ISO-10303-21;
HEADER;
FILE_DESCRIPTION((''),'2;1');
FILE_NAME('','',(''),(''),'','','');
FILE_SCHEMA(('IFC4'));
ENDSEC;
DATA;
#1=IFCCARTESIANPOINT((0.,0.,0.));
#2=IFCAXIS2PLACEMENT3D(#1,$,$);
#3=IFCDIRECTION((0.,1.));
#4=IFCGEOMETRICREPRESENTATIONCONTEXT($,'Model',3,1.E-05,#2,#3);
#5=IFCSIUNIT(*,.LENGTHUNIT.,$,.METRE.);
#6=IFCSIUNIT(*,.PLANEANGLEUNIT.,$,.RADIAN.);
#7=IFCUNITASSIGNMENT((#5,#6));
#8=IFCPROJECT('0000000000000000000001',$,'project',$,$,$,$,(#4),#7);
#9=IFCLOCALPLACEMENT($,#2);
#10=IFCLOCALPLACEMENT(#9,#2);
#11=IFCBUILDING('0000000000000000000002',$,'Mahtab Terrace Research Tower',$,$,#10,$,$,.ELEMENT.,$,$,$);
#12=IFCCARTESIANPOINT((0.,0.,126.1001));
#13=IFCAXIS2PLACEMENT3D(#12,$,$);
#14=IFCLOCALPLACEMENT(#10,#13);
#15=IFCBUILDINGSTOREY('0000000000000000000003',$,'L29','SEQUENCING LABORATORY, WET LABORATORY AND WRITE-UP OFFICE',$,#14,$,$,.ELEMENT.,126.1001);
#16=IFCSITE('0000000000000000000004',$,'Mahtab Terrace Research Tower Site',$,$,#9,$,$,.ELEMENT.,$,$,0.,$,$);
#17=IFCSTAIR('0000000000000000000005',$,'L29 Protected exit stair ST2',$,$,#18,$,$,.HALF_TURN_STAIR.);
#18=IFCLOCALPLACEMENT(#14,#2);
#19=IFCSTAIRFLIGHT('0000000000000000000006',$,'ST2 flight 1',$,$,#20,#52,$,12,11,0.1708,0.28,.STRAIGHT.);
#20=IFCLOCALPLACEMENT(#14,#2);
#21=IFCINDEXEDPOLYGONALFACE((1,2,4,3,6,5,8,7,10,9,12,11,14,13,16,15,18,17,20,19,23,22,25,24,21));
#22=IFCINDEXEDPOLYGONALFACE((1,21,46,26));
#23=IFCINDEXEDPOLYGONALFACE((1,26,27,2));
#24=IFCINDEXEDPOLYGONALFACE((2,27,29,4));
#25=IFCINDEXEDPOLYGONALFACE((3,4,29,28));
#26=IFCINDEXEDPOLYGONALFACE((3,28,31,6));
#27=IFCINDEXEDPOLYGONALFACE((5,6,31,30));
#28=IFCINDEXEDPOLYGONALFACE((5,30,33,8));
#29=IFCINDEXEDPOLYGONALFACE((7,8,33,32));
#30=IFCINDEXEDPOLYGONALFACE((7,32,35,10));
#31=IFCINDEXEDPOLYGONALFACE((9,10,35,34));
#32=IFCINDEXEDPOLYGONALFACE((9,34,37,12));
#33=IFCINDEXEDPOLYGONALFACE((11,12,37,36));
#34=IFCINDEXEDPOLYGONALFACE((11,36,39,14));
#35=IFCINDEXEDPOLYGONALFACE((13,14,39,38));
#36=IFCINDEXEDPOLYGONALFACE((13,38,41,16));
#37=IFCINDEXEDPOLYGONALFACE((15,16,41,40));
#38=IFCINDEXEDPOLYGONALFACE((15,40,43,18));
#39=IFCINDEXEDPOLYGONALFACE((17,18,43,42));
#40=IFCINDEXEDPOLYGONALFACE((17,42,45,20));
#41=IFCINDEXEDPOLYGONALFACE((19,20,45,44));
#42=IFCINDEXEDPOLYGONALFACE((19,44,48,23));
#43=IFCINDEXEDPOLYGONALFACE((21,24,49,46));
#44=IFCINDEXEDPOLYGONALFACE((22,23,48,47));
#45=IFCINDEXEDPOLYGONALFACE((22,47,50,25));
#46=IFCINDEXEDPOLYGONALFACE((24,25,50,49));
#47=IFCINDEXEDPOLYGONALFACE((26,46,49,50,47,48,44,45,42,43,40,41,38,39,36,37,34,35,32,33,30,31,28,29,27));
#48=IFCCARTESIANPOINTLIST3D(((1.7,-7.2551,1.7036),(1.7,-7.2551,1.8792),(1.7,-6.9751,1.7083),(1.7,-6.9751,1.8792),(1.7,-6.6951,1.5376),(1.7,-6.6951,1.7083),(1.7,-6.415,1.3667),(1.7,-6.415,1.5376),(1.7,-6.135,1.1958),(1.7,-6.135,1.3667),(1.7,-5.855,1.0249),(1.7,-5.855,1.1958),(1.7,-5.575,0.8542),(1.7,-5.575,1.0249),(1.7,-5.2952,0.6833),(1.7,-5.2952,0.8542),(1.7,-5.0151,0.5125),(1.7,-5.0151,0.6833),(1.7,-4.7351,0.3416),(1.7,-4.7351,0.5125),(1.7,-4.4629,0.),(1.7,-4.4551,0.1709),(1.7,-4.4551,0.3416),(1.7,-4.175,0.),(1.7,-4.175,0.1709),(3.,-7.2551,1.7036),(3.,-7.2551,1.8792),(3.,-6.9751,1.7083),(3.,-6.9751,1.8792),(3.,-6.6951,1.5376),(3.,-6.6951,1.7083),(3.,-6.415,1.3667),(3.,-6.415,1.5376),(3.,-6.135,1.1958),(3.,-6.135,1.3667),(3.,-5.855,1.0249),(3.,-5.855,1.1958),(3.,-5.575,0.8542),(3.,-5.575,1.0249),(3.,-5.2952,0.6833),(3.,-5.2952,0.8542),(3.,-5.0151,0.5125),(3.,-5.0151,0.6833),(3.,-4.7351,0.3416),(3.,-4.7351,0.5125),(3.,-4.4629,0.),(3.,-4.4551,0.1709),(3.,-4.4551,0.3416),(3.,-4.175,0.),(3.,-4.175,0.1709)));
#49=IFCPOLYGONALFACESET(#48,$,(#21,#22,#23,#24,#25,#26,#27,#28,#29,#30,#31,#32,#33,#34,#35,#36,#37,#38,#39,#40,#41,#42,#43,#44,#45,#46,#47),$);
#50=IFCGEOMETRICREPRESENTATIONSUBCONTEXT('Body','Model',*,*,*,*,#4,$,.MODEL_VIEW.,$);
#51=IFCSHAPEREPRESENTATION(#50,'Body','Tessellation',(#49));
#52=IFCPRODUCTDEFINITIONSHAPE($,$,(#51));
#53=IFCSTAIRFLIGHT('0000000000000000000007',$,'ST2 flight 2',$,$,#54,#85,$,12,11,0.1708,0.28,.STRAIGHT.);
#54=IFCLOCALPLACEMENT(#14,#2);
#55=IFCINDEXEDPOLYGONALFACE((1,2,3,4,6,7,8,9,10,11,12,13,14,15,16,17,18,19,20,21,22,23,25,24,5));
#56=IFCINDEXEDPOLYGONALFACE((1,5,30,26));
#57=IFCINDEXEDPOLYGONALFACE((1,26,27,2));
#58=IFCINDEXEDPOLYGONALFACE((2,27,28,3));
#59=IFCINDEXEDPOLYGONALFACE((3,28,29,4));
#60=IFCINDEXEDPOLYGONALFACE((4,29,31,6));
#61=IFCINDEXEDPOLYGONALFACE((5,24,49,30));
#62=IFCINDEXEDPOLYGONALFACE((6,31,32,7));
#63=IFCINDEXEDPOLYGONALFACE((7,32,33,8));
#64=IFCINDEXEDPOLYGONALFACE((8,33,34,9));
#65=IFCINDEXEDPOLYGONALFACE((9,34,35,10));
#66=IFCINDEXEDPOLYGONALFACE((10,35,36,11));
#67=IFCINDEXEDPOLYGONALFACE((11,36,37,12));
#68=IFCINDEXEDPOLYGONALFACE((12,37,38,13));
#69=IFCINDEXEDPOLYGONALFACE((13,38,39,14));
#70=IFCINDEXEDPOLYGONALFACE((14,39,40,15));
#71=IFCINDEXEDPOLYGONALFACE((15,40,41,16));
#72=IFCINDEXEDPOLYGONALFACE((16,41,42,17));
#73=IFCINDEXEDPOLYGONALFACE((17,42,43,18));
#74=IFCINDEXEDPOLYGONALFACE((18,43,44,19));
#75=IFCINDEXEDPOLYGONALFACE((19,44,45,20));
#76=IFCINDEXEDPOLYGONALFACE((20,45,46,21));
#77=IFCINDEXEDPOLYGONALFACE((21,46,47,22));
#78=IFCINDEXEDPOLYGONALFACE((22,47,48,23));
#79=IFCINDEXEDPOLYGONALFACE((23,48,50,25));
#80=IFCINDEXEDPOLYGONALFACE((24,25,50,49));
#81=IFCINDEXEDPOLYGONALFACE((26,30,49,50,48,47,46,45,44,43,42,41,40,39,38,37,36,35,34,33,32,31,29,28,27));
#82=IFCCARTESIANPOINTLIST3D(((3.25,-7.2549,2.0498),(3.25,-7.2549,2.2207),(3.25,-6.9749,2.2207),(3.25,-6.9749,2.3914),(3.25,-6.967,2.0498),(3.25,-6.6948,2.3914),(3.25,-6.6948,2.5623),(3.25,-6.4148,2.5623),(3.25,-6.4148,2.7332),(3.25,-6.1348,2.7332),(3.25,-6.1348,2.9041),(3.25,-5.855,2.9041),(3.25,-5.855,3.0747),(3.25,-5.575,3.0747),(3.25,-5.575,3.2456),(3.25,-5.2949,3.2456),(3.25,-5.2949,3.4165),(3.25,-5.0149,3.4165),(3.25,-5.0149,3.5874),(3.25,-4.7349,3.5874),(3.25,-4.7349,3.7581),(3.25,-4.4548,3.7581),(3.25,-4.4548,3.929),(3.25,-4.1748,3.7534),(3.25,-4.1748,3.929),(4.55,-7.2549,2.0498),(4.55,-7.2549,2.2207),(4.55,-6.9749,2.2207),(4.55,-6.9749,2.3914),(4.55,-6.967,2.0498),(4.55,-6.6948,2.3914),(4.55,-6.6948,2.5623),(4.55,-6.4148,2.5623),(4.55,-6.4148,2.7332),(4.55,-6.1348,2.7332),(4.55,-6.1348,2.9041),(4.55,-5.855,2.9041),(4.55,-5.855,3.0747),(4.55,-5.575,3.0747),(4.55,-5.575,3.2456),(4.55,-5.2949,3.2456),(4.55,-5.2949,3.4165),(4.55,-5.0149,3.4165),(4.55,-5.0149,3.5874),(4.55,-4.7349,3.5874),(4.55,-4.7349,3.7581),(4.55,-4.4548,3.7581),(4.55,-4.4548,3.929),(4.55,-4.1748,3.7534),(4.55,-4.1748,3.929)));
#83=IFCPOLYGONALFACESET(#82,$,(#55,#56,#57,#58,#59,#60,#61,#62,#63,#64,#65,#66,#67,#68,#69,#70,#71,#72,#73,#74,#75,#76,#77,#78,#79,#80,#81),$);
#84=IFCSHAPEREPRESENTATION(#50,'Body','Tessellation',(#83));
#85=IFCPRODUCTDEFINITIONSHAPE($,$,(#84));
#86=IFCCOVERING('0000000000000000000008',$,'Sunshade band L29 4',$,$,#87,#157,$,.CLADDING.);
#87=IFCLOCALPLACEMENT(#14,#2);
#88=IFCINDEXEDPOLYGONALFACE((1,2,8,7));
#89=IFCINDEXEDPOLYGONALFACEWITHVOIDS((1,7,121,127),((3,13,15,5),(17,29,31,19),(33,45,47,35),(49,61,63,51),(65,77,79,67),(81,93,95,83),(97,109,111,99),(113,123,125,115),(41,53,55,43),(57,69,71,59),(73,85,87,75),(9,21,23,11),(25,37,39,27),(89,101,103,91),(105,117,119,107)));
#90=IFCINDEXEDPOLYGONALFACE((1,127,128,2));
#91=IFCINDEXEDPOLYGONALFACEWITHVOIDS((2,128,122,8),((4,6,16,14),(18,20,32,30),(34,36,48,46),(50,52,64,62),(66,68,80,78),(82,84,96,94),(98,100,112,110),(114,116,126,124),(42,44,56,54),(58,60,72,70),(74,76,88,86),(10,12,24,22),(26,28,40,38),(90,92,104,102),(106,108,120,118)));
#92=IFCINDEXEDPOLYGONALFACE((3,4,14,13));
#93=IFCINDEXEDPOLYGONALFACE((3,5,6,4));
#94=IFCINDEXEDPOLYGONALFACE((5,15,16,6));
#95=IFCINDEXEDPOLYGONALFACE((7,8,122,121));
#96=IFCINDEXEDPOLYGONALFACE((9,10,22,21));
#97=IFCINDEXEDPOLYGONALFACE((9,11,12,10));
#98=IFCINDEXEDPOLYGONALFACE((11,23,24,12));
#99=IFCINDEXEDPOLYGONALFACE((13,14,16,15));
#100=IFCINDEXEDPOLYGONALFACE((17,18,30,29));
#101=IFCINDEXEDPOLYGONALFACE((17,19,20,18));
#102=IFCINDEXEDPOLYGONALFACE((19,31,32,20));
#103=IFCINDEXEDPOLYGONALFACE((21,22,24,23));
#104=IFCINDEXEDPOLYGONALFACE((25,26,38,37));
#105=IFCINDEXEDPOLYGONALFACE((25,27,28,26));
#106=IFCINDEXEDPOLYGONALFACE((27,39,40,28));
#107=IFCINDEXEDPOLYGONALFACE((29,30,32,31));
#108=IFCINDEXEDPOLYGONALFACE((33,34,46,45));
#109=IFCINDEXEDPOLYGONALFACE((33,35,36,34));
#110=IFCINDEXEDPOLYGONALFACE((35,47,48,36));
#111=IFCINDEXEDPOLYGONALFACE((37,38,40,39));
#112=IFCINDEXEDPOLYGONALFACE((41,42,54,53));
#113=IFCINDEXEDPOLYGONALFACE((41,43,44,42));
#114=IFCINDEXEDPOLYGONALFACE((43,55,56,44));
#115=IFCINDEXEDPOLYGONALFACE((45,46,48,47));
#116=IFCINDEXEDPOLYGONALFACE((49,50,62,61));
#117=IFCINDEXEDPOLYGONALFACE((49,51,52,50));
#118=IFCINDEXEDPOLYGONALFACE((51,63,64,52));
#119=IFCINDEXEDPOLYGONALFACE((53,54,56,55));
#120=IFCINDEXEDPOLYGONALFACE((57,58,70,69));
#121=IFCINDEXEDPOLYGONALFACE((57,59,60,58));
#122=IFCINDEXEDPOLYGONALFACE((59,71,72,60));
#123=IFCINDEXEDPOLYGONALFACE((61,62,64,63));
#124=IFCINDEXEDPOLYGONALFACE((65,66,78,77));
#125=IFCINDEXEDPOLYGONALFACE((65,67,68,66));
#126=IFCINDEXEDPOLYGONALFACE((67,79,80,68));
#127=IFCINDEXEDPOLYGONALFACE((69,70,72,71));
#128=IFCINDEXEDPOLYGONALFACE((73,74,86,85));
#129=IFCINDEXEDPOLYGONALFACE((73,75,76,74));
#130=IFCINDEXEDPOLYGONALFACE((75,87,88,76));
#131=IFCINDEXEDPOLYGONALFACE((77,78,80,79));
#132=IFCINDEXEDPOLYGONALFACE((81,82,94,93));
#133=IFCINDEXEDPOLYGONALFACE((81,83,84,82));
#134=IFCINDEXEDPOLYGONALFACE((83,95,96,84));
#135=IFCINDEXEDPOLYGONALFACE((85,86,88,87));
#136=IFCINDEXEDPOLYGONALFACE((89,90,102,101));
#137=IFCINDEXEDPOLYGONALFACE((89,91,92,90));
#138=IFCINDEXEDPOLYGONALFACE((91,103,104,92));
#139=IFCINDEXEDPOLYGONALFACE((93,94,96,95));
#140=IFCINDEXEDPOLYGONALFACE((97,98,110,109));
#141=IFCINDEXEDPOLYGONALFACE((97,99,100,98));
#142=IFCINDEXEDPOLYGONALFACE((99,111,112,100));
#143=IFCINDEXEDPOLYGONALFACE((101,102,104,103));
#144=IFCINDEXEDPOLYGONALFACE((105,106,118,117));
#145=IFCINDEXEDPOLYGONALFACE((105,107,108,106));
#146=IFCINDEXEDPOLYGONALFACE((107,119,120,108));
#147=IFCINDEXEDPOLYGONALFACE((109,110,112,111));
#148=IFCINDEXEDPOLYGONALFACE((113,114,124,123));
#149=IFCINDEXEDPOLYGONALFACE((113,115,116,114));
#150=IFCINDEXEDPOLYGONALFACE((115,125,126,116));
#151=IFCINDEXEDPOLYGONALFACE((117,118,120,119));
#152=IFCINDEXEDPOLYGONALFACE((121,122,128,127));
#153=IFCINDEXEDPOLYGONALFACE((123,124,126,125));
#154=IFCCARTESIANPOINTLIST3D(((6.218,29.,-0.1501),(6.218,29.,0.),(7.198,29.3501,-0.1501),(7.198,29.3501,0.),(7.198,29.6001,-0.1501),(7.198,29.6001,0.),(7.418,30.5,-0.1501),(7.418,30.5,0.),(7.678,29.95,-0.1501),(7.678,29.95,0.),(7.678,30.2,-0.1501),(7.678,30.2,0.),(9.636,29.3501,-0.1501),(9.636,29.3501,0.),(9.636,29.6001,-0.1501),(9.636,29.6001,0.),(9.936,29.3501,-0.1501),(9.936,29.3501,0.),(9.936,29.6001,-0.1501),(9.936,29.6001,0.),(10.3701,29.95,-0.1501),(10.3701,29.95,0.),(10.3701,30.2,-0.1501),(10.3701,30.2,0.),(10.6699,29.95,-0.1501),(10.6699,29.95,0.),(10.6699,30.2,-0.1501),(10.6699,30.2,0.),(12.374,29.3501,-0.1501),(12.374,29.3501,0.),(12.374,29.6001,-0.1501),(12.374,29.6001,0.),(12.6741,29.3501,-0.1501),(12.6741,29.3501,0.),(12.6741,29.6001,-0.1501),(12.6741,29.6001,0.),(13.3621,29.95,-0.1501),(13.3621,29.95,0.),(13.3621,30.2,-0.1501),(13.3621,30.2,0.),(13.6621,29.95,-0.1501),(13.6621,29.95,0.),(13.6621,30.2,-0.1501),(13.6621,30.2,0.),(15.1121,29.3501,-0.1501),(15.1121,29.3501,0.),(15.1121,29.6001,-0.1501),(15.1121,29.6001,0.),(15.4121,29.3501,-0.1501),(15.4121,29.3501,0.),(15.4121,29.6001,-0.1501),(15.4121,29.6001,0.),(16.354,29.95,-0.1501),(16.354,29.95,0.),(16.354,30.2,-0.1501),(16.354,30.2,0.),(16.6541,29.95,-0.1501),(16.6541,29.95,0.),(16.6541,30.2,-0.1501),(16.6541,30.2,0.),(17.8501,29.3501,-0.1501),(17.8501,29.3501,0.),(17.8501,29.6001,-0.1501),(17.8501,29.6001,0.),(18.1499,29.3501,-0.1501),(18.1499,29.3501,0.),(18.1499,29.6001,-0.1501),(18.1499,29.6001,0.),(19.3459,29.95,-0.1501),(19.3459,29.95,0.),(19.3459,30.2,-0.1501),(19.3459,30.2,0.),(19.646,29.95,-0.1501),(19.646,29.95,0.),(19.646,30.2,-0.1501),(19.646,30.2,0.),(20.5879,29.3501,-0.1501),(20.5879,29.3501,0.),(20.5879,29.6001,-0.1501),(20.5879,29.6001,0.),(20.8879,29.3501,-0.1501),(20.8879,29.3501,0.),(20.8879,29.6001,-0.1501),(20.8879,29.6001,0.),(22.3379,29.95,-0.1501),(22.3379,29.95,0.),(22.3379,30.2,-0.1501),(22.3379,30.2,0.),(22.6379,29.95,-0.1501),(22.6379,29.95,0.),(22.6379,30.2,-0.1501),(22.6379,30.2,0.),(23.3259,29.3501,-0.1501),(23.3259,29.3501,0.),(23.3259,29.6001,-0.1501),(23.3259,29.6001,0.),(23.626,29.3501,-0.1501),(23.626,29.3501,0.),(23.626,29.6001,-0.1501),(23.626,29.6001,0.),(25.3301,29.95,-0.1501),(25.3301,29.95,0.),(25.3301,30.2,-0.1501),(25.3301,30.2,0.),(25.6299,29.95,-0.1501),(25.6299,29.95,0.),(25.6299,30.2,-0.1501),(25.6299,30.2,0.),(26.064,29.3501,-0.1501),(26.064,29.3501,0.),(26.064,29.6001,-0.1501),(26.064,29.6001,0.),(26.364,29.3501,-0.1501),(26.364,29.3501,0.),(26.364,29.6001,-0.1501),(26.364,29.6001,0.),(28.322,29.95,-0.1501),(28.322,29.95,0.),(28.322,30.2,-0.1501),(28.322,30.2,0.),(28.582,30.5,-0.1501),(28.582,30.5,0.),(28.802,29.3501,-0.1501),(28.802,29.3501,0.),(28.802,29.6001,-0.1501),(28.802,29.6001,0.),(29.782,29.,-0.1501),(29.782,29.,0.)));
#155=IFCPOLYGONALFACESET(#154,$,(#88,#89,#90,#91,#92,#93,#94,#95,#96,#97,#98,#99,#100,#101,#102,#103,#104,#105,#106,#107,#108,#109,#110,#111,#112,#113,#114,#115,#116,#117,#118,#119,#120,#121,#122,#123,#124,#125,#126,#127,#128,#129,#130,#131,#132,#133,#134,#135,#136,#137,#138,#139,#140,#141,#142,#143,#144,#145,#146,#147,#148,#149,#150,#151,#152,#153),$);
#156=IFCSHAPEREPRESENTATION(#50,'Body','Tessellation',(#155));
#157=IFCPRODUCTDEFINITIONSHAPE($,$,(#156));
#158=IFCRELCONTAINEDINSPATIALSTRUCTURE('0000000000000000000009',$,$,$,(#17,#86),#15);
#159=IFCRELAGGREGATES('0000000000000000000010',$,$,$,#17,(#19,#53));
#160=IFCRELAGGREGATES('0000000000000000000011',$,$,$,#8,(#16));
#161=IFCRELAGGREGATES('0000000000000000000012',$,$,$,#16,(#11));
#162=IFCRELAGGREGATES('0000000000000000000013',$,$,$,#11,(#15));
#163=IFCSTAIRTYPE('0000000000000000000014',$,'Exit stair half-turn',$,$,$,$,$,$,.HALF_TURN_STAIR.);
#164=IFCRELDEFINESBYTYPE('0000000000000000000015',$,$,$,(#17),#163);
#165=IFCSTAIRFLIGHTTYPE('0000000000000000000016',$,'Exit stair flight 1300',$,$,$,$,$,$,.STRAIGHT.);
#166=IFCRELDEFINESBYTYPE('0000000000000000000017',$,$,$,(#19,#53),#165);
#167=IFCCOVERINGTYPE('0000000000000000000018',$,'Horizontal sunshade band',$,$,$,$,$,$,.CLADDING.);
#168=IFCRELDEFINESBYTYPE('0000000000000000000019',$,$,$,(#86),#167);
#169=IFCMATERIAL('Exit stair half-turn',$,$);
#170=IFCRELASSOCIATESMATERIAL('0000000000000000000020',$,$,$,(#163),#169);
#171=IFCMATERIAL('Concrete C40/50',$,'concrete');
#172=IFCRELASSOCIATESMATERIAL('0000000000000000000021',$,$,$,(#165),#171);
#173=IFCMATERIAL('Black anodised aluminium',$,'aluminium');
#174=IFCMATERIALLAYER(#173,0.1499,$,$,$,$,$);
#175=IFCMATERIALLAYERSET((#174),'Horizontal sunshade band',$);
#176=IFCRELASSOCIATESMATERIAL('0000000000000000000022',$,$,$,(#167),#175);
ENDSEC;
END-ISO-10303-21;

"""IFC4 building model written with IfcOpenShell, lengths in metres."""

from ifc_helpers import new_model, si_unit, direction, frame, origin, place, context, subcontext, project, spatial, polyline, outline, extrude, material, layer, layer_set, type_object, element, aggregate, save


model = new_model("IFC4")

# Units and contexts
model_context = context("Model", 3, precision=1e-05, world=origin(), true_north=direction((0.0, 1.0)))
body_context = subcontext(model_context, "Body", "Model", "MODEL_VIEW")
ifc_project = project(units=[si_unit("LENGTHUNIT", "METRE"), si_unit("PLANEANGLEUNIT", "RADIAN")], contexts=[model_context])

# Site, building, storey
site_placement = place(None, origin())
site = spatial("IfcSite", under=ifc_project, at=site_placement, Name="Mahtab Terrace Research Tower Site", CompositionType="ELEMENT", RefElevation=0.0)
building_placement = place(site_placement, origin())
building = spatial("IfcBuilding", under=site, at=building_placement, Name="Mahtab Terrace Research Tower", CompositionType="ELEMENT")
storey_placement = place(building_placement, frame((0.0, 0.0, 126.1001)))
storey = spatial("IfcBuildingStorey", under=building, at=storey_placement, Name="L29", Description="SEQUENCING LABORATORY, WET LABORATORY AND WRITE-UP OFFICE", CompositionType="ELEMENT", Elevation=126.1001)

# Shared definitions
ifc_material_1 = material(Name="Exit stair half-turn")
stair_type = type_object("IfcStairType", Name="Exit stair half-turn", PredefinedType="HALF_TURN_STAIR", material=ifc_material_1)
ifc_material_2 = material(Name="Concrete C40/50", Category="concrete")

# Stair, stair flights
stair_1_placement = place(storey_placement, origin())
stair_1 = element("IfcStair", 1, at=stair_1_placement, inside=storey, type_object=stair_type, Name="L29 Protected exit stair ST2", PredefinedType="HALF_TURN_STAIR")
stair_flight_type = type_object("IfcStairFlightType", Name="Exit stair flight 1300", PredefinedType="STRAIGHT", material=ifc_material_2)
stair_flight_1_placement = place(storey_placement, frame((2.3501, -4.175, 0.0), z_axis=(0.0, 0.0, 1.0), x_axis=(0.0, -1.0, 0.0)))
stair_flight_1 = element("IfcStairFlight", 2, at=stair_flight_1_placement, type_object=stair_flight_type, Name="ST2 flight 1", NumberOfRisers=12, NumberOfTreads=11, PredefinedType="STRAIGHT", RiserHeight=0.1708, TreadLength=0.28, context=body_context, shape_type="SweptSolid", body=[
    extrude(outline(polyline([(0.0, 0.0), (0.0, 0.1709), (0.28, 0.1709), (0.28, 0.3416), (0.5601, 0.3416), (0.5601, 0.5125), (0.8401, 0.5125), (0.8401, 0.6833), (1.1201, 0.6833), (1.1201, 0.8542), (1.3999, 0.8542), (1.3999, 1.0249), (1.6799, 1.0249), (1.6799, 1.1958), (1.96, 1.1958), (1.96, 1.3667), (2.24, 1.3667), (2.24, 1.5376), (2.52, 1.5376), (2.52, 1.7083), (2.8, 1.7083), (2.8, 1.8792), (3.0801, 1.8792), (3.0801, 2.05), (3.0801, 1.7036), (0.2878, 0.0), (0.0, 0.0)])), frame((0.0, 0.6499, 0.0), z_axis=(0.0, -1.0, 0.0), x_axis=(1.0, 0.0, 0.0)), (0.0, 0.0, 1.0), 1.3),
])
stair_flight_2_placement = place(storey_placement, frame((3.8999, -7.2549, 2.0498), z_axis=(0.0, 0.0, 1.0), x_axis=(0.0, 1.0, 0.0)))
stair_flight_2 = element("IfcStairFlight", 3, at=stair_flight_2_placement, type_object=stair_flight_type, Name="ST2 flight 2", NumberOfRisers=12, NumberOfTreads=11, PredefinedType="STRAIGHT", RiserHeight=0.1708, TreadLength=0.28, context=body_context, shape_type="SweptSolid", body=[
    extrude(outline(polyline([(0.0, 0.0), (0.0, 0.1709), (0.28, 0.1709), (0.28, 0.3416), (0.5601, 0.3416), (0.5601, 0.5125), (0.8401, 0.5125), (0.8401, 0.6833), (1.1201, 0.6833), (1.1201, 0.8542), (1.3999, 0.8542), (1.3999, 1.0249), (1.6799, 1.0249), (1.6799, 1.1958), (1.96, 1.1958), (1.96, 1.3667), (2.24, 1.3667), (2.24, 1.5376), (2.52, 1.5376), (2.52, 1.7083), (2.8, 1.7083), (2.8, 1.8792), (3.0801, 1.8792), (3.0801, 2.05), (3.0801, 1.7036), (0.2878, 0.0), (0.0, 0.0)])), frame((0.0, 0.6499, 0.0), z_axis=(0.0, -1.0, 0.0), x_axis=(1.0, 0.0, 0.0)), (0.0, 0.0, 1.0), 1.3),
])
aggregate(stair_1, [stair_flight_1, stair_flight_2])

# Covering
ifc_material_3 = material(Name="Black anodised aluminium", Category="aluminium")
ifc_layer_1 = layer(ifc_material_3, 0.1499)
ifc_layer_set_1 = layer_set([ifc_layer_1], Name="Horizontal sunshade band")
covering_type = type_object("IfcCoveringType", Name="Horizontal sunshade band", PredefinedType="CLADDING", material=ifc_layer_set_1)
covering_1_placement = place(storey_placement, frame((0.0, 0.0, -0.1501)))
element("IfcCovering", 4, at=covering_1_placement, inside=storey, type_object=covering_type, Name="Sunshade band L29 4", PredefinedType="CLADDING", context=body_context, shape_type="SweptSolid", body=[
    extrude(outline(polyline([(29.782, 29.0), (6.218, 29.0), (7.418, 30.5), (28.582, 30.5), (29.782, 29.0)]), holes=[polyline([(28.802, 29.3501), (26.364, 29.3501), (26.364, 29.6001), (28.802, 29.6001), (28.802, 29.3501)]), polyline([(26.064, 29.3501), (23.626, 29.3501), (23.626, 29.6001), (26.064, 29.6001), (26.064, 29.3501)]), polyline([(23.3259, 29.3501), (20.8879, 29.3501), (20.8879, 29.6001), (23.3259, 29.6001), (23.3259, 29.3501)]), polyline([(20.5879, 29.3501), (18.1499, 29.3501), (18.1499, 29.6001), (20.5879, 29.6001), (20.5879, 29.3501)]), polyline([(17.8501, 29.3501), (15.4121, 29.3501), (15.4121, 29.6001), (17.8501, 29.6001), (17.8501, 29.3501)]), polyline([(15.1121, 29.3501), (12.6741, 29.3501), (12.6741, 29.6001), (15.1121, 29.6001), (15.1121, 29.3501)]), polyline([(12.374, 29.3501), (9.936, 29.3501), (9.936, 29.6001), (12.374, 29.6001), (12.374, 29.3501)]), polyline([(9.636, 29.3501), (7.198, 29.3501), (7.198, 29.6001), (9.636, 29.6001), (9.636, 29.3501)]), polyline([(28.322, 29.95), (25.6299, 29.95), (25.6299, 30.2), (28.322, 30.2), (28.322, 29.95)]), polyline([(25.3301, 29.95), (22.6379, 29.95), (22.6379, 30.2), (25.3301, 30.2), (25.3301, 29.95)]), polyline([(22.3379, 29.95), (19.646, 29.95), (19.646, 30.2), (22.3379, 30.2), (22.3379, 29.95)]), polyline([(19.3459, 29.95), (16.6541, 29.95), (16.6541, 30.2), (19.3459, 30.2), (19.3459, 29.95)]), polyline([(16.354, 29.95), (13.6621, 29.95), (13.6621, 30.2), (16.354, 30.2), (16.354, 29.95)]), polyline([(13.3621, 29.95), (10.6699, 29.95), (10.6699, 30.2), (13.3621, 30.2), (13.3621, 29.95)]), polyline([(10.3701, 29.95), (7.678, 29.95), (7.678, 30.2), (10.3701, 30.2), (10.3701, 29.95)])]), origin(), (0.0, 0.0, 1.0), 0.1501),
])

save(model, "model.ifc")
